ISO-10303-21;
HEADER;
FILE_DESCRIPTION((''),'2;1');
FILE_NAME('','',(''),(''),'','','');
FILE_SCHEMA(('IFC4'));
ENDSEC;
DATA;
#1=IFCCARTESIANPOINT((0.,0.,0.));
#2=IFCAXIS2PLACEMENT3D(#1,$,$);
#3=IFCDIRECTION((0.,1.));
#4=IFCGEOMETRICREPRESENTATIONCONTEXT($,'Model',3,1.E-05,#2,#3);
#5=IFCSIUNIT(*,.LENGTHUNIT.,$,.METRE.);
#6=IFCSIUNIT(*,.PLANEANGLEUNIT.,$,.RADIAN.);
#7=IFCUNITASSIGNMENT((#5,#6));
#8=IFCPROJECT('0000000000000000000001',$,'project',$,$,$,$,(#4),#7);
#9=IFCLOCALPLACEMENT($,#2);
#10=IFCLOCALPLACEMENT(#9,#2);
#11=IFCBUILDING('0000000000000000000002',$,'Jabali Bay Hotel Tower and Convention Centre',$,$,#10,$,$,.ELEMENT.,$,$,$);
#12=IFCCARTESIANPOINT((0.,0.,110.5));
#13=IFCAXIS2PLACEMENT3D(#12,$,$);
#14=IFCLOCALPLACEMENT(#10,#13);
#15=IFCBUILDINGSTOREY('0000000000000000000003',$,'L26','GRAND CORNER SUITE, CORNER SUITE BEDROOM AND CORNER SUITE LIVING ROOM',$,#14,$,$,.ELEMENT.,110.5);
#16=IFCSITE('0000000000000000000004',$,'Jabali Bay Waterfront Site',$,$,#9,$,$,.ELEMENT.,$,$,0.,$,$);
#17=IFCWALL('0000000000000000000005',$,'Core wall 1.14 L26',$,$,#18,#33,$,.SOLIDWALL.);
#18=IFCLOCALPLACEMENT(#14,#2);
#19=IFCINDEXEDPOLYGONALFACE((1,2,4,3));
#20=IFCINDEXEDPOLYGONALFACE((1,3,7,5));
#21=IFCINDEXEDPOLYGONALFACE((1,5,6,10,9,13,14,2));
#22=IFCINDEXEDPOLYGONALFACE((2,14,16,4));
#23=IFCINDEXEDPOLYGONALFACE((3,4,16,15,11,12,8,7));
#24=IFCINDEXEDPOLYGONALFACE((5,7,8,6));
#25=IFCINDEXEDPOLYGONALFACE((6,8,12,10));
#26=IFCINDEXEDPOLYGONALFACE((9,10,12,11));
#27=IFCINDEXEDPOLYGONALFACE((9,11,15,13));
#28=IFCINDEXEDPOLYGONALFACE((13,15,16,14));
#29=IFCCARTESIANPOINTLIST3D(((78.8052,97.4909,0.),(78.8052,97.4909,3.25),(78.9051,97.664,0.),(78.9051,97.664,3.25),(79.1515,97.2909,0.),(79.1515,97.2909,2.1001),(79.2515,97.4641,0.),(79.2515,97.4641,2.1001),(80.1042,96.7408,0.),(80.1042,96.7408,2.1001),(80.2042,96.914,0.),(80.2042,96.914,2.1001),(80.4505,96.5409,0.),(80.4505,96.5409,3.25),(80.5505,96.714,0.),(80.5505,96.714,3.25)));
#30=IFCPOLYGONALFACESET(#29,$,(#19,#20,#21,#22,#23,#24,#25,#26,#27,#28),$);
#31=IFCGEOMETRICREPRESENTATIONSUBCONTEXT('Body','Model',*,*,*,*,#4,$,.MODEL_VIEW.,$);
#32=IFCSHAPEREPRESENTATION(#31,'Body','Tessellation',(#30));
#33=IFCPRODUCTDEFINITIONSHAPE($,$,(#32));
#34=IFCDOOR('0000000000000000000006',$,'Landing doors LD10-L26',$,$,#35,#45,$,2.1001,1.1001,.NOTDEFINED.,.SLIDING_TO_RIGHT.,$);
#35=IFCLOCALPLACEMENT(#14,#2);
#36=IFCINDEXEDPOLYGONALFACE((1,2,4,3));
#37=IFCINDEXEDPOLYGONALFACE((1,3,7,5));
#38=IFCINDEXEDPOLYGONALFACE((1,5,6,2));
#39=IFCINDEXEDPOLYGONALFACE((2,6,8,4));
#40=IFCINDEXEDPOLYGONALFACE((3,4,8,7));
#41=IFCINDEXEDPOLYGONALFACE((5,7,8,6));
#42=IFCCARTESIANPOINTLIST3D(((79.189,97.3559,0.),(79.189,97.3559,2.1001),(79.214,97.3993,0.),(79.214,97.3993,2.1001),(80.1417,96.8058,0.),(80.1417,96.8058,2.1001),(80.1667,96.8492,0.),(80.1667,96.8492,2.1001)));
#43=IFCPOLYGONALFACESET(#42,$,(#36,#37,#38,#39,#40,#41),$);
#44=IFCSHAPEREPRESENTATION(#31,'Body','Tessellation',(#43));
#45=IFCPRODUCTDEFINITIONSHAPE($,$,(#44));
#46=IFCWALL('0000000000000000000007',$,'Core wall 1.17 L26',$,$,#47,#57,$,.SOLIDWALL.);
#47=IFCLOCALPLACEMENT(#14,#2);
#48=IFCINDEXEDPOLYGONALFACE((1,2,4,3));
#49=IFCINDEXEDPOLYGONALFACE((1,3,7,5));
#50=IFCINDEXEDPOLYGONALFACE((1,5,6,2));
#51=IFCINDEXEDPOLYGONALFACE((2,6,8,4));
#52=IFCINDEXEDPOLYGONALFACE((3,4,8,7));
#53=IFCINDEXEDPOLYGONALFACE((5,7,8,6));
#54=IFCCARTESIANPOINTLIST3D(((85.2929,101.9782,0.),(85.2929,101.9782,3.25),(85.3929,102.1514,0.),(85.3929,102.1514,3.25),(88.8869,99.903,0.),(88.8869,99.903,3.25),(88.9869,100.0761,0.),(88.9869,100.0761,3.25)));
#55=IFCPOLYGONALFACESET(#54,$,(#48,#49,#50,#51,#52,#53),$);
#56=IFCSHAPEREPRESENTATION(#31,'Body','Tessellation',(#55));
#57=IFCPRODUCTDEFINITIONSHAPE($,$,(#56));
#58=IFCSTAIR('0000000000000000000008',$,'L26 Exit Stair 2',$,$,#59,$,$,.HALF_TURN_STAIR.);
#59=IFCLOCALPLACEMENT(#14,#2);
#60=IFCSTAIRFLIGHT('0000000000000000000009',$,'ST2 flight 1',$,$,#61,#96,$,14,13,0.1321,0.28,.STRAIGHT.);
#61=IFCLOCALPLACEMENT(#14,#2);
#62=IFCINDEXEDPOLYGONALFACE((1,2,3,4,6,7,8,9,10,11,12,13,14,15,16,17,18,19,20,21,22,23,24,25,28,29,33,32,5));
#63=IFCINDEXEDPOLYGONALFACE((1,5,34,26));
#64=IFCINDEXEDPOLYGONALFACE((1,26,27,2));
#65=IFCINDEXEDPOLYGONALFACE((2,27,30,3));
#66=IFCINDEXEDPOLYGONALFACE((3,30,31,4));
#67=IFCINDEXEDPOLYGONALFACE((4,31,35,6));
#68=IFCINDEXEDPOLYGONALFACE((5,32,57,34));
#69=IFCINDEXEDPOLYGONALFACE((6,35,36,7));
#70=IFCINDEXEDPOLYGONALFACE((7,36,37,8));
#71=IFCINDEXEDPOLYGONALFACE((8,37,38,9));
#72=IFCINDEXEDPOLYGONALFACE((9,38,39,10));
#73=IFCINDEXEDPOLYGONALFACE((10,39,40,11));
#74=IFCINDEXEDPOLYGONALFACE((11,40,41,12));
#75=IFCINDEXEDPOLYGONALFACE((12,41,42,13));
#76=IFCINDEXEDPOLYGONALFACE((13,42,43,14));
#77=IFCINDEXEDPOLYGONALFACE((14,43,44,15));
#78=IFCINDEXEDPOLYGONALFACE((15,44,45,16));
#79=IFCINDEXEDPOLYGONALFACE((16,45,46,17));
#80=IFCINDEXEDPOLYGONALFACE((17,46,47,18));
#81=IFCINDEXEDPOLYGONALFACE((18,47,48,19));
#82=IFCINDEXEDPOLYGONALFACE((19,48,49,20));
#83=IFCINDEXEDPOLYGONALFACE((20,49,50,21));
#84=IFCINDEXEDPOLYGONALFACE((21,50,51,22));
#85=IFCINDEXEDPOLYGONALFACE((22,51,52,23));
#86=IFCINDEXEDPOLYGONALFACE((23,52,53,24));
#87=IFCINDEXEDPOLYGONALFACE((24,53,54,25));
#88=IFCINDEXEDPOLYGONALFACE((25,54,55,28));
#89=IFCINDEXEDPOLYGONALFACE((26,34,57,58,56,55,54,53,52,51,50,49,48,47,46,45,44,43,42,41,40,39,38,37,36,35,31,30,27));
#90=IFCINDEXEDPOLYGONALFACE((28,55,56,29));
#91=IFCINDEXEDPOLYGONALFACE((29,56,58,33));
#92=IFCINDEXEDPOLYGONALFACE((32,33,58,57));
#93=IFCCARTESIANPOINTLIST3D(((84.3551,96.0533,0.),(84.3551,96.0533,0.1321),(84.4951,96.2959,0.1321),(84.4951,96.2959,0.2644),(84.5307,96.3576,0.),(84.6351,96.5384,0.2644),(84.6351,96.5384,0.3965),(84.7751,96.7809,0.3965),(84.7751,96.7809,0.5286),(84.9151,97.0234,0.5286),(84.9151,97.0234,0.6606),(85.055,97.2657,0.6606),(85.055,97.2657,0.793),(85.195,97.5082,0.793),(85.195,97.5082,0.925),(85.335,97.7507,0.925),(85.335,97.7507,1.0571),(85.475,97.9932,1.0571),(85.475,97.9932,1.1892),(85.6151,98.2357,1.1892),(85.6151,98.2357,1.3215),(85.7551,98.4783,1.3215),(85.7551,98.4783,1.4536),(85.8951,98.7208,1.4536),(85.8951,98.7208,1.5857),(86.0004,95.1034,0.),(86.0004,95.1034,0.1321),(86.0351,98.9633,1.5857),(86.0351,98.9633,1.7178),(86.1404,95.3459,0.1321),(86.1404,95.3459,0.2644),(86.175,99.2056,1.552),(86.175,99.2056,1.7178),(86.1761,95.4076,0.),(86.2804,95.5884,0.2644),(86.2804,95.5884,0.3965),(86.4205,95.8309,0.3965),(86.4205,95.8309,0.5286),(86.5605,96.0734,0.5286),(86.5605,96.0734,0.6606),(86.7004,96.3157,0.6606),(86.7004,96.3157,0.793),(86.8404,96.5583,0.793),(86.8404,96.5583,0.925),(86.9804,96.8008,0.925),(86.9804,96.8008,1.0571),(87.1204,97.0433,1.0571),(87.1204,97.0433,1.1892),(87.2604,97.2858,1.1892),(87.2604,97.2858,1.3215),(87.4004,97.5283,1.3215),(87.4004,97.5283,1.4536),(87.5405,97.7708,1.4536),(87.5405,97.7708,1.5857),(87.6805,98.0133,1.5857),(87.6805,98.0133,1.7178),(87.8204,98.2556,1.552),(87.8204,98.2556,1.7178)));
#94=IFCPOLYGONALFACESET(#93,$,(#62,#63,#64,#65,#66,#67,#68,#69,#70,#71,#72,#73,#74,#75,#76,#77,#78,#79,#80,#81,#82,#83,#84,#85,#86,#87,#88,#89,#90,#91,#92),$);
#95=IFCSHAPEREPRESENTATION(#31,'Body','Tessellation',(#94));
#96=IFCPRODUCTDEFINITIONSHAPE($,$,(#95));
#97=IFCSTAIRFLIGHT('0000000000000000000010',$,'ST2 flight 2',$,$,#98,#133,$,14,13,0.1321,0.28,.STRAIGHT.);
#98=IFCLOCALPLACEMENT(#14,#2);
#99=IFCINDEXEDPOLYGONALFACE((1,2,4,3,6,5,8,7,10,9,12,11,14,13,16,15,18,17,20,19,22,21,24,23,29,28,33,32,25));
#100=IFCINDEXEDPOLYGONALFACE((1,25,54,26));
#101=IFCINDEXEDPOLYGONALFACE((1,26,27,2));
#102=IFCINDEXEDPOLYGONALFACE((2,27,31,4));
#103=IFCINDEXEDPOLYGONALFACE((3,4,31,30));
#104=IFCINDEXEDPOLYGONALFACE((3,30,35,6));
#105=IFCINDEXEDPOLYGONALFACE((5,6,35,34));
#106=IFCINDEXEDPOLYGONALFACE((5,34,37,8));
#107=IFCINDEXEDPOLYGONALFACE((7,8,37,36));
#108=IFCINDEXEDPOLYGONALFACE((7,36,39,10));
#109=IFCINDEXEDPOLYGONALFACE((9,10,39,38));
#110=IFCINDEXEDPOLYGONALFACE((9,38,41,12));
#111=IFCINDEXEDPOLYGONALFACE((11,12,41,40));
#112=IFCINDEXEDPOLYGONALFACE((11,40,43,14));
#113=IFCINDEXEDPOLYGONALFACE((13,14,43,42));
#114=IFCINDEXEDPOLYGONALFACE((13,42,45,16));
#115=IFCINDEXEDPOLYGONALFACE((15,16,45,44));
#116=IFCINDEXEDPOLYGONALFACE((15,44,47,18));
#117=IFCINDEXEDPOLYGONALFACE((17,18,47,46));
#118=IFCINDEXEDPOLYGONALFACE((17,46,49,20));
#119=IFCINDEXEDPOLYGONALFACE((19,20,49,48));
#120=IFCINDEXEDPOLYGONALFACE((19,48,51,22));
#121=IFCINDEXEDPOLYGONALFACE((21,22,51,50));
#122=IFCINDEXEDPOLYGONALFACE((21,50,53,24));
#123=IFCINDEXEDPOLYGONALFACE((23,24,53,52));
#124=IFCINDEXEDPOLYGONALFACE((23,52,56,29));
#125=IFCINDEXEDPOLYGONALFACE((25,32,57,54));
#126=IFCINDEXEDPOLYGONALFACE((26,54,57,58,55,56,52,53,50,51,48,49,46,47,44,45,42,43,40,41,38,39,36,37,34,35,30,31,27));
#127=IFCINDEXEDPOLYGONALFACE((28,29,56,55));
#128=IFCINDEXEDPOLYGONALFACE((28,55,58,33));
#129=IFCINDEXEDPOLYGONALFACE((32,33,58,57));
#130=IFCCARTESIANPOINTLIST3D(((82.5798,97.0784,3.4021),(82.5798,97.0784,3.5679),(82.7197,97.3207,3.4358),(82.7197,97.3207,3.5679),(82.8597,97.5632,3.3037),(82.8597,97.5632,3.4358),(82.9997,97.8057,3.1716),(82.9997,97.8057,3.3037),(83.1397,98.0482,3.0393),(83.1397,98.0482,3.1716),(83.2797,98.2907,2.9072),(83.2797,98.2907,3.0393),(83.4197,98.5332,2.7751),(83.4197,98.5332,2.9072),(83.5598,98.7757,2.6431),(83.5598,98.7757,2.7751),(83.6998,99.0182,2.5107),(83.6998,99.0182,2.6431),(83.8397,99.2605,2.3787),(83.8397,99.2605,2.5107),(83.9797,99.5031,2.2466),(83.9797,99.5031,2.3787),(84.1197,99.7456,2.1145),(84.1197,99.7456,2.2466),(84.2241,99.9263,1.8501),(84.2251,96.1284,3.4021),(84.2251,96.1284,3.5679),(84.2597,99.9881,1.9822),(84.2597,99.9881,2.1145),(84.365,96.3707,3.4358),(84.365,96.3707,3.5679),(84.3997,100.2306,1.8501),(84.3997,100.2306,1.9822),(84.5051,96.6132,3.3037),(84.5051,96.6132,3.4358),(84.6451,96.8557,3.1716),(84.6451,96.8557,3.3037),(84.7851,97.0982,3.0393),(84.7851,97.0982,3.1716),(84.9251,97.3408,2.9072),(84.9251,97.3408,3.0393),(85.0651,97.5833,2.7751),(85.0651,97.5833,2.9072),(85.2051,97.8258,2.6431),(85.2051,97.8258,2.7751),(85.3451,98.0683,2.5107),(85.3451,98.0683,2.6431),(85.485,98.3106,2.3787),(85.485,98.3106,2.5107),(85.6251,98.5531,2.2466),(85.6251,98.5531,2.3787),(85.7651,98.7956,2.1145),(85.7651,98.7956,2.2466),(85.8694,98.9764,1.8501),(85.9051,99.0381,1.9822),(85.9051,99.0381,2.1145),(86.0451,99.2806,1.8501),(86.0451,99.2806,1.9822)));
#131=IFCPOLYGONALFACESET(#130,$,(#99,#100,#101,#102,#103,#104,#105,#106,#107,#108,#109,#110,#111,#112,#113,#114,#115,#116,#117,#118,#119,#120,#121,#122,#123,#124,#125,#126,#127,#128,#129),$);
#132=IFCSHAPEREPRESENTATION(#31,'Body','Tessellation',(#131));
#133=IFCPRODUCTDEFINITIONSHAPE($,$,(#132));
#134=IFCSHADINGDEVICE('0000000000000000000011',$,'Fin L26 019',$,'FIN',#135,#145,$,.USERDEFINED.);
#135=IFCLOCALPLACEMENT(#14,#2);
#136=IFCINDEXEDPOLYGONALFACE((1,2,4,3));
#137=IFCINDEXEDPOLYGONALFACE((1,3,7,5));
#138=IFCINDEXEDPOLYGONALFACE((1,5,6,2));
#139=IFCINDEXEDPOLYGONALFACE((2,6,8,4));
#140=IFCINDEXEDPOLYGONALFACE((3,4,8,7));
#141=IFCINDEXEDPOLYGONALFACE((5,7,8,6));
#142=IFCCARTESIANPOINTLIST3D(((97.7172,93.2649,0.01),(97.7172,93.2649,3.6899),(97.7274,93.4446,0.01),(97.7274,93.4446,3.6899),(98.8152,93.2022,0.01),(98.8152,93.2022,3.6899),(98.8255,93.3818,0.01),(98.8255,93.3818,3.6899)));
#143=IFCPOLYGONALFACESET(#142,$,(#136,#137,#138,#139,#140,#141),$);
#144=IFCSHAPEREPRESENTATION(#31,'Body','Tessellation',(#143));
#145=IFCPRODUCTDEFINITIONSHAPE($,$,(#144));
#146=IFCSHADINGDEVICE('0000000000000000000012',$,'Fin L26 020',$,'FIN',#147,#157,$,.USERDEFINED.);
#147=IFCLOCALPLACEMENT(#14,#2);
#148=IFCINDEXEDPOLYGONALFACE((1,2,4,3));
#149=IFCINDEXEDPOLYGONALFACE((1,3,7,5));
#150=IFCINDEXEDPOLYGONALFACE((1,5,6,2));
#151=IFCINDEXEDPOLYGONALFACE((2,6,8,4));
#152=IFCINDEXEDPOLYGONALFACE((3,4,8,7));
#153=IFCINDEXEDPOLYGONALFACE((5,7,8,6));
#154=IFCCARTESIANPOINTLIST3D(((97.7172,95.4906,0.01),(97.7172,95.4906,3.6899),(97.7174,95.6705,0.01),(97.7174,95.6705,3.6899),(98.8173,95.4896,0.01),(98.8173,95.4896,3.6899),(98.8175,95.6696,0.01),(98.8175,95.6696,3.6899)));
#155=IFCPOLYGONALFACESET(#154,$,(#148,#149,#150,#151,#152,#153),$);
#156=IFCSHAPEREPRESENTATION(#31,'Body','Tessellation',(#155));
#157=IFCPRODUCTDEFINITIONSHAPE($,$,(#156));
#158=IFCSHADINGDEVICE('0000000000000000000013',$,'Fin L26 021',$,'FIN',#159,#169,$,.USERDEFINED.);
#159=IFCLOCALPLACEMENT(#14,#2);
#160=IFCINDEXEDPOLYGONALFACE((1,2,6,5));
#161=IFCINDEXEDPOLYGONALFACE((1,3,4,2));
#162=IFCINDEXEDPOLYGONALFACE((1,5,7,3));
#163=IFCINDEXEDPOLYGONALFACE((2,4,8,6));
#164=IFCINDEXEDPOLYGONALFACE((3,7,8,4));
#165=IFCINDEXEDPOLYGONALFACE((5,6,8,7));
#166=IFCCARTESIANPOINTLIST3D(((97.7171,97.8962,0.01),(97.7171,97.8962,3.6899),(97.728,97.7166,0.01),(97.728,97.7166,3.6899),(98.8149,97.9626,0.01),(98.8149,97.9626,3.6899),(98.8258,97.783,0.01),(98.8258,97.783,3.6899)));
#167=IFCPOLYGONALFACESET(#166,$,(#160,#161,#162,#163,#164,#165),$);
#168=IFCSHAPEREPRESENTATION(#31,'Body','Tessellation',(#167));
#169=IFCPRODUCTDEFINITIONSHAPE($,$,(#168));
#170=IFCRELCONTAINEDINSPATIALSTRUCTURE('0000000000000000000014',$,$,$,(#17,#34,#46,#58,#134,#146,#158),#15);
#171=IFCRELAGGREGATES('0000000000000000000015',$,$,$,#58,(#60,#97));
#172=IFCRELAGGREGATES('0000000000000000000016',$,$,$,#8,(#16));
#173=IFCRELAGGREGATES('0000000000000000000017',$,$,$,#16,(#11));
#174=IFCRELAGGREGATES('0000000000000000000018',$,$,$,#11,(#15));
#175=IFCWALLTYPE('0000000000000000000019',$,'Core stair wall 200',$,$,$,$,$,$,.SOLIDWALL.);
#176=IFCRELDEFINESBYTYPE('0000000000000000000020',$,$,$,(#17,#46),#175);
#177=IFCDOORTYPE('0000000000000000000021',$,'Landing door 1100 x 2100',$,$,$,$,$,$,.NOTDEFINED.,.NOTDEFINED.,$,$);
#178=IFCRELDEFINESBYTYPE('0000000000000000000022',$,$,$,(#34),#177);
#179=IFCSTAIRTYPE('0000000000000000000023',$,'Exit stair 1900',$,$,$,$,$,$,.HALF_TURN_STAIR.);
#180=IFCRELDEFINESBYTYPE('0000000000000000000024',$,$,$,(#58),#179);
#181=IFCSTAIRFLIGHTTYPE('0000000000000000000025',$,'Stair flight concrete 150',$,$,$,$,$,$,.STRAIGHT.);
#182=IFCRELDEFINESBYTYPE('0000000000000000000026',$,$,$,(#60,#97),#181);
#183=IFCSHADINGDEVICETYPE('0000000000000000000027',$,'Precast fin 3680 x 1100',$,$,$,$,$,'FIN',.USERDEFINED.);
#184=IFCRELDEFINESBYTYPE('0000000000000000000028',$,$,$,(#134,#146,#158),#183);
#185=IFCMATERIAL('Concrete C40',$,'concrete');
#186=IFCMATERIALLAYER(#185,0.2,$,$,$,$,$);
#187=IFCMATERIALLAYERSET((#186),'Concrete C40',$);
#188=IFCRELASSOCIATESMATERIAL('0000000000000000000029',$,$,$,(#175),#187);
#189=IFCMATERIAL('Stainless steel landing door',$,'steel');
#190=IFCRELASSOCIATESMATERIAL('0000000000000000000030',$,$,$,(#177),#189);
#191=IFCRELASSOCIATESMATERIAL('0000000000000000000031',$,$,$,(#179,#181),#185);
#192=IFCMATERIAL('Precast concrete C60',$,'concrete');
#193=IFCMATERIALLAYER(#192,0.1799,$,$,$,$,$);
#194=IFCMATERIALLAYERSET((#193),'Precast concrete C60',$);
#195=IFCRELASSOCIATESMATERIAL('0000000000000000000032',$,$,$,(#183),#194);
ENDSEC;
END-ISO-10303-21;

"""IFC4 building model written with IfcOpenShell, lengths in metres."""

from ifc_helpers import new_model, si_unit, direction, frame, frame_2d, origin, place, context, subcontext, project, spatial, polyline, rectangle, outline, extrude, material, layer, layer_set, type_object, element, fill, aggregate, save


model = new_model("IFC4")

# Units and contexts
model_context = context("Model", 3, precision=1e-05, world=origin(), true_north=direction((0.0, 1.0)))
body_context = subcontext(model_context, "Body", "Model", "MODEL_VIEW")
ifc_project = project(units=[si_unit("LENGTHUNIT", "METRE"), si_unit("PLANEANGLEUNIT", "RADIAN")], contexts=[model_context])

# Site, building, storey
site_placement = place(None, origin())
site = spatial("IfcSite", under=ifc_project, at=site_placement, Name="Jabali Bay Waterfront Site", CompositionType="ELEMENT", RefElevation=0.0)
building_placement = place(site_placement, origin())
building = spatial("IfcBuilding", under=site, at=building_placement, Name="Jabali Bay Hotel Tower and Convention Centre", CompositionType="ELEMENT")
storey_placement = place(building_placement, frame((0.0, 0.0, 110.5)))
storey = spatial("IfcBuildingStorey", under=building, at=storey_placement, Name="L26", Description="GRAND CORNER SUITE, CORNER SUITE BEDROOM AND CORNER SUITE LIVING ROOM", CompositionType="ELEMENT", Elevation=110.5)

# Shared definitions
ifc_material_1 = material(Name="Concrete C40", Category="concrete")

# Shared definitions
ifc_layer_1 = layer(ifc_material_1, 0.2)
ifc_layer_set_1 = layer_set([ifc_layer_1], Name="Concrete C40")
wall_type_1 = type_object("IfcWallType", Name="Core stair wall 200", PredefinedType="SOLIDWALL", material=ifc_layer_set_1)

# Wall, opening, door
wall_1_placement = place(storey_placement, frame((80.5005, 96.6274, 0.0), z_axis=(0.0, 0.0, 1.0), x_axis=(-0.866012, 0.500023, 0.0)))
wall_1 = element("IfcWall", 1, at=wall_1_placement, inside=storey, type_object=wall_type_1, Name="Core wall 1.14 L26", PredefinedType="SOLIDWALL", context=body_context, shape_type="SweptSolid", body=[
    extrude(rectangle(XDim=1.8999, YDim=0.2, at=frame_2d((0.95, 0.0))), origin(), (0.0, 0.0, 1.0), 3.25),
])
opening_1_placement = place(wall_1_placement, frame((0.3999, 0.0, 0.0)))
opening_1 = element("IfcOpeningElement", 2, at=opening_1_placement, cuts=wall_1, PredefinedType="OPENING", context=body_context, shape_type="SweptSolid", body=[
    extrude(rectangle(XDim=1.1001, YDim=2.1001, at=frame_2d((0.55, 1.05))), frame((0.0, 0.1104, 0.0), z_axis=(0.0, -1.0, 0.0), x_axis=(1.0, 0.0, 0.0)), (0.0, 0.0, 1.0), 0.2209),
])
ifc_material_2 = material(Name="Stainless steel landing door", Category="steel")
door_type_1 = type_object("IfcDoorType", Name="Landing door 1100 x 2100", OperationType="NOTDEFINED", PredefinedType="NOTDEFINED", material=ifc_material_2)
door_1_placement = place(opening_1_placement, origin())
door_1 = element("IfcDoor", 3, at=door_1_placement, inside=storey, type_object=door_type_1, Name="Landing doors LD10-L26", OperationType="SLIDING_TO_RIGHT", OverallHeight=2.1001, OverallWidth=1.1001, PredefinedType="NOTDEFINED", context=body_context, shape_type="SweptSolid", body=[
    extrude(rectangle(XDim=1.1001, YDim=2.1001, at=frame_2d((0.55, 1.05))), frame((0.0, 0.0249, 0.0), z_axis=(0.0, -1.0, 0.0), x_axis=(1.0, 0.0, 0.0)), (0.0, 0.0, 1.0), 0.05),
])
fill(opening_1, door_1)

# Wall
wall_2_placement = place(storey_placement, frame((88.937, 99.9895, 0.0), z_axis=(0.0, 0.0, 1.0), x_axis=(-0.866004, 0.500036, 0.0)))
element("IfcWall", 4, at=wall_2_placement, inside=storey, type_object=wall_type_1, Name="Core wall 1.17 L26", PredefinedType="SOLIDWALL", context=body_context, shape_type="SweptSolid", body=[
    extrude(rectangle(XDim=4.1501, YDim=0.2, at=frame_2d((2.0752, 0.0))), origin(), (0.0, 0.0, 1.0), 3.25),
])

# Stair, stair flights
stair_type = type_object("IfcStairType", Name="Exit stair 1900", PredefinedType="HALF_TURN_STAIR", material=ifc_material_1)
stair_placement = place(storey_placement, origin())
stair = element("IfcStair", 5, at=stair_placement, inside=storey, type_object=stair_type, Name="L26 Exit Stair 2", PredefinedType="HALF_TURN_STAIR")
stair_flight_type = type_object("IfcStairFlightType", Name="Stair flight concrete 150", PredefinedType="STRAIGHT", material=ifc_material_1)
stair_flight_1_placement = place(storey_placement, frame((85.1777, 95.5784, 0.0), z_axis=(0.0, 0.0, 1.0), x_axis=(0.5, 0.866025, 0.0)))
stair_flight_1 = element("IfcStairFlight", 6, at=stair_flight_1_placement, type_object=stair_flight_type, Name="ST2 flight 1", NumberOfRisers=14, NumberOfTreads=13, PredefinedType="STRAIGHT", RiserHeight=0.1321, TreadLength=0.28, context=body_context, shape_type="SweptSolid", body=[
    extrude(outline(polyline([(0.0, 0.0), (0.0, 0.1321), (0.28, 0.1321), (0.28, 0.2644), (0.5601, 0.2644), (0.5601, 0.3965), (0.8401, 0.3965), (0.8401, 0.5286), (1.1201, 0.5286), (1.1201, 0.6606), (1.3999, 0.6606), (1.3999, 0.793), (1.6799, 0.793), (1.6799, 0.925), (1.96, 0.925), (1.96, 1.0571), (2.24, 1.0571), (2.24, 1.1892), (2.52, 1.1892), (2.52, 1.3215), (2.8, 1.3215), (2.8, 1.4536), (3.0801, 1.4536), (3.0801, 1.5857), (3.3601, 1.5857), (3.3601, 1.7178), (3.6399, 1.7178), (3.6399, 1.8501), (3.6399, 1.552), (0.3513, 0.0), (0.0, 0.0)])), frame((0.0, 0.95, 0.0), z_axis=(0.0, -1.0, 0.0), x_axis=(1.0, 0.0, 0.0)), (0.0, 0.0, 1.0), 1.8999),
])
stair_flight_2_placement = place(storey_placement, frame((85.2224, 99.7556, 1.8501), z_axis=(0.0, 0.0, 1.0), x_axis=(-0.5, -0.866025, 0.0)))
stair_flight_2 = element("IfcStairFlight", 7, at=stair_flight_2_placement, type_object=stair_flight_type, Name="ST2 flight 2", NumberOfRisers=14, NumberOfTreads=13, PredefinedType="STRAIGHT", RiserHeight=0.1321, TreadLength=0.28, context=body_context, shape_type="SweptSolid", body=[
    extrude(outline(polyline([(0.0, 0.0), (0.0, 0.1321), (0.28, 0.1321), (0.28, 0.2644), (0.5601, 0.2644), (0.5601, 0.3965), (0.8401, 0.3965), (0.8401, 0.5286), (1.1201, 0.5286), (1.1201, 0.6606), (1.3999, 0.6606), (1.3999, 0.793), (1.6799, 0.793), (1.6799, 0.925), (1.96, 0.925), (1.96, 1.0571), (2.24, 1.0571), (2.24, 1.1892), (2.52, 1.1892), (2.52, 1.3215), (2.8, 1.3215), (2.8, 1.4536), (3.0801, 1.4536), (3.0801, 1.5857), (3.3601, 1.5857), (3.3601, 1.7178), (3.6399, 1.7178), (3.6399, 1.8501), (3.6399, 1.552), (0.3513, 0.0), (0.0, 0.0)])), frame((0.0, 0.95, 0.0), z_axis=(0.0, -1.0, 0.0), x_axis=(1.0, 0.0, 0.0)), (0.0, 0.0, 1.0), 1.8999),
])
aggregate(stair, [stair_flight_1, stair_flight_2])

# Shading devices
ifc_material_3 = material(Name="Precast concrete C60", Category="concrete")
ifc_layer_2 = layer(ifc_material_3, 0.1799)
ifc_layer_set_2 = layer_set([ifc_layer_2], Name="Precast concrete C60")
shading_device_type = type_object("IfcShadingDeviceType", Name="Precast fin 3680 x 1100", ElementType="FIN", PredefinedType="USERDEFINED", material=ifc_layer_set_2)
shading_device_1_placement = place(storey_placement, frame((97.7224, 93.3547, 0.01), z_axis=(0.0, 0.0, 1.0), x_axis=(0.998372, -0.057043, 0.0)))
element("IfcShadingDevice", 8, at=shading_device_1_placement, inside=storey, type_object=shading_device_type, Name="Fin L26 019", ObjectType="FIN", PredefinedType="USERDEFINED", context=body_context, shape_type="SweptSolid", body=[
    extrude(rectangle(XDim=1.0999, YDim=0.1799, at=frame_2d((0.5498, 0.0))), origin(), (0.0, 0.0, 1.0), 3.6799),
])
shading_device_2_placement = place(storey_placement, frame((97.7173, 95.5806, 0.01), z_axis=(0.0, 0.0, 1.0), x_axis=(1.0, -0.000888, 0.0)))
element("IfcShadingDevice", 9, at=shading_device_2_placement, inside=storey, type_object=shading_device_type, Name="Fin L26 020", ObjectType="FIN", PredefinedType="USERDEFINED", context=body_context, shape_type="SweptSolid", body=[
    extrude(rectangle(XDim=1.1001, YDim=0.1799, at=frame_2d((0.55, 0.0))), origin(), (0.0, 0.0, 1.0), 3.6799),
])
shading_device_3_placement = place(storey_placement, frame((97.7227, 97.8064, 0.01), z_axis=(0.0, 0.0, 1.0), x_axis=(0.998176, 0.060374, 0.0)))
element("IfcShadingDevice", 10, at=shading_device_3_placement, inside=storey, type_object=shading_device_type, Name="Fin L26 021", ObjectType="FIN", PredefinedType="USERDEFINED", context=body_context, shape_type="SweptSolid", body=[
    extrude(rectangle(XDim=1.0999, YDim=0.1799, at=frame_2d((0.5498, 0.0))), origin(), (0.0, 0.0, 1.0), 3.6799),
])

save(model, "model.ifc")
